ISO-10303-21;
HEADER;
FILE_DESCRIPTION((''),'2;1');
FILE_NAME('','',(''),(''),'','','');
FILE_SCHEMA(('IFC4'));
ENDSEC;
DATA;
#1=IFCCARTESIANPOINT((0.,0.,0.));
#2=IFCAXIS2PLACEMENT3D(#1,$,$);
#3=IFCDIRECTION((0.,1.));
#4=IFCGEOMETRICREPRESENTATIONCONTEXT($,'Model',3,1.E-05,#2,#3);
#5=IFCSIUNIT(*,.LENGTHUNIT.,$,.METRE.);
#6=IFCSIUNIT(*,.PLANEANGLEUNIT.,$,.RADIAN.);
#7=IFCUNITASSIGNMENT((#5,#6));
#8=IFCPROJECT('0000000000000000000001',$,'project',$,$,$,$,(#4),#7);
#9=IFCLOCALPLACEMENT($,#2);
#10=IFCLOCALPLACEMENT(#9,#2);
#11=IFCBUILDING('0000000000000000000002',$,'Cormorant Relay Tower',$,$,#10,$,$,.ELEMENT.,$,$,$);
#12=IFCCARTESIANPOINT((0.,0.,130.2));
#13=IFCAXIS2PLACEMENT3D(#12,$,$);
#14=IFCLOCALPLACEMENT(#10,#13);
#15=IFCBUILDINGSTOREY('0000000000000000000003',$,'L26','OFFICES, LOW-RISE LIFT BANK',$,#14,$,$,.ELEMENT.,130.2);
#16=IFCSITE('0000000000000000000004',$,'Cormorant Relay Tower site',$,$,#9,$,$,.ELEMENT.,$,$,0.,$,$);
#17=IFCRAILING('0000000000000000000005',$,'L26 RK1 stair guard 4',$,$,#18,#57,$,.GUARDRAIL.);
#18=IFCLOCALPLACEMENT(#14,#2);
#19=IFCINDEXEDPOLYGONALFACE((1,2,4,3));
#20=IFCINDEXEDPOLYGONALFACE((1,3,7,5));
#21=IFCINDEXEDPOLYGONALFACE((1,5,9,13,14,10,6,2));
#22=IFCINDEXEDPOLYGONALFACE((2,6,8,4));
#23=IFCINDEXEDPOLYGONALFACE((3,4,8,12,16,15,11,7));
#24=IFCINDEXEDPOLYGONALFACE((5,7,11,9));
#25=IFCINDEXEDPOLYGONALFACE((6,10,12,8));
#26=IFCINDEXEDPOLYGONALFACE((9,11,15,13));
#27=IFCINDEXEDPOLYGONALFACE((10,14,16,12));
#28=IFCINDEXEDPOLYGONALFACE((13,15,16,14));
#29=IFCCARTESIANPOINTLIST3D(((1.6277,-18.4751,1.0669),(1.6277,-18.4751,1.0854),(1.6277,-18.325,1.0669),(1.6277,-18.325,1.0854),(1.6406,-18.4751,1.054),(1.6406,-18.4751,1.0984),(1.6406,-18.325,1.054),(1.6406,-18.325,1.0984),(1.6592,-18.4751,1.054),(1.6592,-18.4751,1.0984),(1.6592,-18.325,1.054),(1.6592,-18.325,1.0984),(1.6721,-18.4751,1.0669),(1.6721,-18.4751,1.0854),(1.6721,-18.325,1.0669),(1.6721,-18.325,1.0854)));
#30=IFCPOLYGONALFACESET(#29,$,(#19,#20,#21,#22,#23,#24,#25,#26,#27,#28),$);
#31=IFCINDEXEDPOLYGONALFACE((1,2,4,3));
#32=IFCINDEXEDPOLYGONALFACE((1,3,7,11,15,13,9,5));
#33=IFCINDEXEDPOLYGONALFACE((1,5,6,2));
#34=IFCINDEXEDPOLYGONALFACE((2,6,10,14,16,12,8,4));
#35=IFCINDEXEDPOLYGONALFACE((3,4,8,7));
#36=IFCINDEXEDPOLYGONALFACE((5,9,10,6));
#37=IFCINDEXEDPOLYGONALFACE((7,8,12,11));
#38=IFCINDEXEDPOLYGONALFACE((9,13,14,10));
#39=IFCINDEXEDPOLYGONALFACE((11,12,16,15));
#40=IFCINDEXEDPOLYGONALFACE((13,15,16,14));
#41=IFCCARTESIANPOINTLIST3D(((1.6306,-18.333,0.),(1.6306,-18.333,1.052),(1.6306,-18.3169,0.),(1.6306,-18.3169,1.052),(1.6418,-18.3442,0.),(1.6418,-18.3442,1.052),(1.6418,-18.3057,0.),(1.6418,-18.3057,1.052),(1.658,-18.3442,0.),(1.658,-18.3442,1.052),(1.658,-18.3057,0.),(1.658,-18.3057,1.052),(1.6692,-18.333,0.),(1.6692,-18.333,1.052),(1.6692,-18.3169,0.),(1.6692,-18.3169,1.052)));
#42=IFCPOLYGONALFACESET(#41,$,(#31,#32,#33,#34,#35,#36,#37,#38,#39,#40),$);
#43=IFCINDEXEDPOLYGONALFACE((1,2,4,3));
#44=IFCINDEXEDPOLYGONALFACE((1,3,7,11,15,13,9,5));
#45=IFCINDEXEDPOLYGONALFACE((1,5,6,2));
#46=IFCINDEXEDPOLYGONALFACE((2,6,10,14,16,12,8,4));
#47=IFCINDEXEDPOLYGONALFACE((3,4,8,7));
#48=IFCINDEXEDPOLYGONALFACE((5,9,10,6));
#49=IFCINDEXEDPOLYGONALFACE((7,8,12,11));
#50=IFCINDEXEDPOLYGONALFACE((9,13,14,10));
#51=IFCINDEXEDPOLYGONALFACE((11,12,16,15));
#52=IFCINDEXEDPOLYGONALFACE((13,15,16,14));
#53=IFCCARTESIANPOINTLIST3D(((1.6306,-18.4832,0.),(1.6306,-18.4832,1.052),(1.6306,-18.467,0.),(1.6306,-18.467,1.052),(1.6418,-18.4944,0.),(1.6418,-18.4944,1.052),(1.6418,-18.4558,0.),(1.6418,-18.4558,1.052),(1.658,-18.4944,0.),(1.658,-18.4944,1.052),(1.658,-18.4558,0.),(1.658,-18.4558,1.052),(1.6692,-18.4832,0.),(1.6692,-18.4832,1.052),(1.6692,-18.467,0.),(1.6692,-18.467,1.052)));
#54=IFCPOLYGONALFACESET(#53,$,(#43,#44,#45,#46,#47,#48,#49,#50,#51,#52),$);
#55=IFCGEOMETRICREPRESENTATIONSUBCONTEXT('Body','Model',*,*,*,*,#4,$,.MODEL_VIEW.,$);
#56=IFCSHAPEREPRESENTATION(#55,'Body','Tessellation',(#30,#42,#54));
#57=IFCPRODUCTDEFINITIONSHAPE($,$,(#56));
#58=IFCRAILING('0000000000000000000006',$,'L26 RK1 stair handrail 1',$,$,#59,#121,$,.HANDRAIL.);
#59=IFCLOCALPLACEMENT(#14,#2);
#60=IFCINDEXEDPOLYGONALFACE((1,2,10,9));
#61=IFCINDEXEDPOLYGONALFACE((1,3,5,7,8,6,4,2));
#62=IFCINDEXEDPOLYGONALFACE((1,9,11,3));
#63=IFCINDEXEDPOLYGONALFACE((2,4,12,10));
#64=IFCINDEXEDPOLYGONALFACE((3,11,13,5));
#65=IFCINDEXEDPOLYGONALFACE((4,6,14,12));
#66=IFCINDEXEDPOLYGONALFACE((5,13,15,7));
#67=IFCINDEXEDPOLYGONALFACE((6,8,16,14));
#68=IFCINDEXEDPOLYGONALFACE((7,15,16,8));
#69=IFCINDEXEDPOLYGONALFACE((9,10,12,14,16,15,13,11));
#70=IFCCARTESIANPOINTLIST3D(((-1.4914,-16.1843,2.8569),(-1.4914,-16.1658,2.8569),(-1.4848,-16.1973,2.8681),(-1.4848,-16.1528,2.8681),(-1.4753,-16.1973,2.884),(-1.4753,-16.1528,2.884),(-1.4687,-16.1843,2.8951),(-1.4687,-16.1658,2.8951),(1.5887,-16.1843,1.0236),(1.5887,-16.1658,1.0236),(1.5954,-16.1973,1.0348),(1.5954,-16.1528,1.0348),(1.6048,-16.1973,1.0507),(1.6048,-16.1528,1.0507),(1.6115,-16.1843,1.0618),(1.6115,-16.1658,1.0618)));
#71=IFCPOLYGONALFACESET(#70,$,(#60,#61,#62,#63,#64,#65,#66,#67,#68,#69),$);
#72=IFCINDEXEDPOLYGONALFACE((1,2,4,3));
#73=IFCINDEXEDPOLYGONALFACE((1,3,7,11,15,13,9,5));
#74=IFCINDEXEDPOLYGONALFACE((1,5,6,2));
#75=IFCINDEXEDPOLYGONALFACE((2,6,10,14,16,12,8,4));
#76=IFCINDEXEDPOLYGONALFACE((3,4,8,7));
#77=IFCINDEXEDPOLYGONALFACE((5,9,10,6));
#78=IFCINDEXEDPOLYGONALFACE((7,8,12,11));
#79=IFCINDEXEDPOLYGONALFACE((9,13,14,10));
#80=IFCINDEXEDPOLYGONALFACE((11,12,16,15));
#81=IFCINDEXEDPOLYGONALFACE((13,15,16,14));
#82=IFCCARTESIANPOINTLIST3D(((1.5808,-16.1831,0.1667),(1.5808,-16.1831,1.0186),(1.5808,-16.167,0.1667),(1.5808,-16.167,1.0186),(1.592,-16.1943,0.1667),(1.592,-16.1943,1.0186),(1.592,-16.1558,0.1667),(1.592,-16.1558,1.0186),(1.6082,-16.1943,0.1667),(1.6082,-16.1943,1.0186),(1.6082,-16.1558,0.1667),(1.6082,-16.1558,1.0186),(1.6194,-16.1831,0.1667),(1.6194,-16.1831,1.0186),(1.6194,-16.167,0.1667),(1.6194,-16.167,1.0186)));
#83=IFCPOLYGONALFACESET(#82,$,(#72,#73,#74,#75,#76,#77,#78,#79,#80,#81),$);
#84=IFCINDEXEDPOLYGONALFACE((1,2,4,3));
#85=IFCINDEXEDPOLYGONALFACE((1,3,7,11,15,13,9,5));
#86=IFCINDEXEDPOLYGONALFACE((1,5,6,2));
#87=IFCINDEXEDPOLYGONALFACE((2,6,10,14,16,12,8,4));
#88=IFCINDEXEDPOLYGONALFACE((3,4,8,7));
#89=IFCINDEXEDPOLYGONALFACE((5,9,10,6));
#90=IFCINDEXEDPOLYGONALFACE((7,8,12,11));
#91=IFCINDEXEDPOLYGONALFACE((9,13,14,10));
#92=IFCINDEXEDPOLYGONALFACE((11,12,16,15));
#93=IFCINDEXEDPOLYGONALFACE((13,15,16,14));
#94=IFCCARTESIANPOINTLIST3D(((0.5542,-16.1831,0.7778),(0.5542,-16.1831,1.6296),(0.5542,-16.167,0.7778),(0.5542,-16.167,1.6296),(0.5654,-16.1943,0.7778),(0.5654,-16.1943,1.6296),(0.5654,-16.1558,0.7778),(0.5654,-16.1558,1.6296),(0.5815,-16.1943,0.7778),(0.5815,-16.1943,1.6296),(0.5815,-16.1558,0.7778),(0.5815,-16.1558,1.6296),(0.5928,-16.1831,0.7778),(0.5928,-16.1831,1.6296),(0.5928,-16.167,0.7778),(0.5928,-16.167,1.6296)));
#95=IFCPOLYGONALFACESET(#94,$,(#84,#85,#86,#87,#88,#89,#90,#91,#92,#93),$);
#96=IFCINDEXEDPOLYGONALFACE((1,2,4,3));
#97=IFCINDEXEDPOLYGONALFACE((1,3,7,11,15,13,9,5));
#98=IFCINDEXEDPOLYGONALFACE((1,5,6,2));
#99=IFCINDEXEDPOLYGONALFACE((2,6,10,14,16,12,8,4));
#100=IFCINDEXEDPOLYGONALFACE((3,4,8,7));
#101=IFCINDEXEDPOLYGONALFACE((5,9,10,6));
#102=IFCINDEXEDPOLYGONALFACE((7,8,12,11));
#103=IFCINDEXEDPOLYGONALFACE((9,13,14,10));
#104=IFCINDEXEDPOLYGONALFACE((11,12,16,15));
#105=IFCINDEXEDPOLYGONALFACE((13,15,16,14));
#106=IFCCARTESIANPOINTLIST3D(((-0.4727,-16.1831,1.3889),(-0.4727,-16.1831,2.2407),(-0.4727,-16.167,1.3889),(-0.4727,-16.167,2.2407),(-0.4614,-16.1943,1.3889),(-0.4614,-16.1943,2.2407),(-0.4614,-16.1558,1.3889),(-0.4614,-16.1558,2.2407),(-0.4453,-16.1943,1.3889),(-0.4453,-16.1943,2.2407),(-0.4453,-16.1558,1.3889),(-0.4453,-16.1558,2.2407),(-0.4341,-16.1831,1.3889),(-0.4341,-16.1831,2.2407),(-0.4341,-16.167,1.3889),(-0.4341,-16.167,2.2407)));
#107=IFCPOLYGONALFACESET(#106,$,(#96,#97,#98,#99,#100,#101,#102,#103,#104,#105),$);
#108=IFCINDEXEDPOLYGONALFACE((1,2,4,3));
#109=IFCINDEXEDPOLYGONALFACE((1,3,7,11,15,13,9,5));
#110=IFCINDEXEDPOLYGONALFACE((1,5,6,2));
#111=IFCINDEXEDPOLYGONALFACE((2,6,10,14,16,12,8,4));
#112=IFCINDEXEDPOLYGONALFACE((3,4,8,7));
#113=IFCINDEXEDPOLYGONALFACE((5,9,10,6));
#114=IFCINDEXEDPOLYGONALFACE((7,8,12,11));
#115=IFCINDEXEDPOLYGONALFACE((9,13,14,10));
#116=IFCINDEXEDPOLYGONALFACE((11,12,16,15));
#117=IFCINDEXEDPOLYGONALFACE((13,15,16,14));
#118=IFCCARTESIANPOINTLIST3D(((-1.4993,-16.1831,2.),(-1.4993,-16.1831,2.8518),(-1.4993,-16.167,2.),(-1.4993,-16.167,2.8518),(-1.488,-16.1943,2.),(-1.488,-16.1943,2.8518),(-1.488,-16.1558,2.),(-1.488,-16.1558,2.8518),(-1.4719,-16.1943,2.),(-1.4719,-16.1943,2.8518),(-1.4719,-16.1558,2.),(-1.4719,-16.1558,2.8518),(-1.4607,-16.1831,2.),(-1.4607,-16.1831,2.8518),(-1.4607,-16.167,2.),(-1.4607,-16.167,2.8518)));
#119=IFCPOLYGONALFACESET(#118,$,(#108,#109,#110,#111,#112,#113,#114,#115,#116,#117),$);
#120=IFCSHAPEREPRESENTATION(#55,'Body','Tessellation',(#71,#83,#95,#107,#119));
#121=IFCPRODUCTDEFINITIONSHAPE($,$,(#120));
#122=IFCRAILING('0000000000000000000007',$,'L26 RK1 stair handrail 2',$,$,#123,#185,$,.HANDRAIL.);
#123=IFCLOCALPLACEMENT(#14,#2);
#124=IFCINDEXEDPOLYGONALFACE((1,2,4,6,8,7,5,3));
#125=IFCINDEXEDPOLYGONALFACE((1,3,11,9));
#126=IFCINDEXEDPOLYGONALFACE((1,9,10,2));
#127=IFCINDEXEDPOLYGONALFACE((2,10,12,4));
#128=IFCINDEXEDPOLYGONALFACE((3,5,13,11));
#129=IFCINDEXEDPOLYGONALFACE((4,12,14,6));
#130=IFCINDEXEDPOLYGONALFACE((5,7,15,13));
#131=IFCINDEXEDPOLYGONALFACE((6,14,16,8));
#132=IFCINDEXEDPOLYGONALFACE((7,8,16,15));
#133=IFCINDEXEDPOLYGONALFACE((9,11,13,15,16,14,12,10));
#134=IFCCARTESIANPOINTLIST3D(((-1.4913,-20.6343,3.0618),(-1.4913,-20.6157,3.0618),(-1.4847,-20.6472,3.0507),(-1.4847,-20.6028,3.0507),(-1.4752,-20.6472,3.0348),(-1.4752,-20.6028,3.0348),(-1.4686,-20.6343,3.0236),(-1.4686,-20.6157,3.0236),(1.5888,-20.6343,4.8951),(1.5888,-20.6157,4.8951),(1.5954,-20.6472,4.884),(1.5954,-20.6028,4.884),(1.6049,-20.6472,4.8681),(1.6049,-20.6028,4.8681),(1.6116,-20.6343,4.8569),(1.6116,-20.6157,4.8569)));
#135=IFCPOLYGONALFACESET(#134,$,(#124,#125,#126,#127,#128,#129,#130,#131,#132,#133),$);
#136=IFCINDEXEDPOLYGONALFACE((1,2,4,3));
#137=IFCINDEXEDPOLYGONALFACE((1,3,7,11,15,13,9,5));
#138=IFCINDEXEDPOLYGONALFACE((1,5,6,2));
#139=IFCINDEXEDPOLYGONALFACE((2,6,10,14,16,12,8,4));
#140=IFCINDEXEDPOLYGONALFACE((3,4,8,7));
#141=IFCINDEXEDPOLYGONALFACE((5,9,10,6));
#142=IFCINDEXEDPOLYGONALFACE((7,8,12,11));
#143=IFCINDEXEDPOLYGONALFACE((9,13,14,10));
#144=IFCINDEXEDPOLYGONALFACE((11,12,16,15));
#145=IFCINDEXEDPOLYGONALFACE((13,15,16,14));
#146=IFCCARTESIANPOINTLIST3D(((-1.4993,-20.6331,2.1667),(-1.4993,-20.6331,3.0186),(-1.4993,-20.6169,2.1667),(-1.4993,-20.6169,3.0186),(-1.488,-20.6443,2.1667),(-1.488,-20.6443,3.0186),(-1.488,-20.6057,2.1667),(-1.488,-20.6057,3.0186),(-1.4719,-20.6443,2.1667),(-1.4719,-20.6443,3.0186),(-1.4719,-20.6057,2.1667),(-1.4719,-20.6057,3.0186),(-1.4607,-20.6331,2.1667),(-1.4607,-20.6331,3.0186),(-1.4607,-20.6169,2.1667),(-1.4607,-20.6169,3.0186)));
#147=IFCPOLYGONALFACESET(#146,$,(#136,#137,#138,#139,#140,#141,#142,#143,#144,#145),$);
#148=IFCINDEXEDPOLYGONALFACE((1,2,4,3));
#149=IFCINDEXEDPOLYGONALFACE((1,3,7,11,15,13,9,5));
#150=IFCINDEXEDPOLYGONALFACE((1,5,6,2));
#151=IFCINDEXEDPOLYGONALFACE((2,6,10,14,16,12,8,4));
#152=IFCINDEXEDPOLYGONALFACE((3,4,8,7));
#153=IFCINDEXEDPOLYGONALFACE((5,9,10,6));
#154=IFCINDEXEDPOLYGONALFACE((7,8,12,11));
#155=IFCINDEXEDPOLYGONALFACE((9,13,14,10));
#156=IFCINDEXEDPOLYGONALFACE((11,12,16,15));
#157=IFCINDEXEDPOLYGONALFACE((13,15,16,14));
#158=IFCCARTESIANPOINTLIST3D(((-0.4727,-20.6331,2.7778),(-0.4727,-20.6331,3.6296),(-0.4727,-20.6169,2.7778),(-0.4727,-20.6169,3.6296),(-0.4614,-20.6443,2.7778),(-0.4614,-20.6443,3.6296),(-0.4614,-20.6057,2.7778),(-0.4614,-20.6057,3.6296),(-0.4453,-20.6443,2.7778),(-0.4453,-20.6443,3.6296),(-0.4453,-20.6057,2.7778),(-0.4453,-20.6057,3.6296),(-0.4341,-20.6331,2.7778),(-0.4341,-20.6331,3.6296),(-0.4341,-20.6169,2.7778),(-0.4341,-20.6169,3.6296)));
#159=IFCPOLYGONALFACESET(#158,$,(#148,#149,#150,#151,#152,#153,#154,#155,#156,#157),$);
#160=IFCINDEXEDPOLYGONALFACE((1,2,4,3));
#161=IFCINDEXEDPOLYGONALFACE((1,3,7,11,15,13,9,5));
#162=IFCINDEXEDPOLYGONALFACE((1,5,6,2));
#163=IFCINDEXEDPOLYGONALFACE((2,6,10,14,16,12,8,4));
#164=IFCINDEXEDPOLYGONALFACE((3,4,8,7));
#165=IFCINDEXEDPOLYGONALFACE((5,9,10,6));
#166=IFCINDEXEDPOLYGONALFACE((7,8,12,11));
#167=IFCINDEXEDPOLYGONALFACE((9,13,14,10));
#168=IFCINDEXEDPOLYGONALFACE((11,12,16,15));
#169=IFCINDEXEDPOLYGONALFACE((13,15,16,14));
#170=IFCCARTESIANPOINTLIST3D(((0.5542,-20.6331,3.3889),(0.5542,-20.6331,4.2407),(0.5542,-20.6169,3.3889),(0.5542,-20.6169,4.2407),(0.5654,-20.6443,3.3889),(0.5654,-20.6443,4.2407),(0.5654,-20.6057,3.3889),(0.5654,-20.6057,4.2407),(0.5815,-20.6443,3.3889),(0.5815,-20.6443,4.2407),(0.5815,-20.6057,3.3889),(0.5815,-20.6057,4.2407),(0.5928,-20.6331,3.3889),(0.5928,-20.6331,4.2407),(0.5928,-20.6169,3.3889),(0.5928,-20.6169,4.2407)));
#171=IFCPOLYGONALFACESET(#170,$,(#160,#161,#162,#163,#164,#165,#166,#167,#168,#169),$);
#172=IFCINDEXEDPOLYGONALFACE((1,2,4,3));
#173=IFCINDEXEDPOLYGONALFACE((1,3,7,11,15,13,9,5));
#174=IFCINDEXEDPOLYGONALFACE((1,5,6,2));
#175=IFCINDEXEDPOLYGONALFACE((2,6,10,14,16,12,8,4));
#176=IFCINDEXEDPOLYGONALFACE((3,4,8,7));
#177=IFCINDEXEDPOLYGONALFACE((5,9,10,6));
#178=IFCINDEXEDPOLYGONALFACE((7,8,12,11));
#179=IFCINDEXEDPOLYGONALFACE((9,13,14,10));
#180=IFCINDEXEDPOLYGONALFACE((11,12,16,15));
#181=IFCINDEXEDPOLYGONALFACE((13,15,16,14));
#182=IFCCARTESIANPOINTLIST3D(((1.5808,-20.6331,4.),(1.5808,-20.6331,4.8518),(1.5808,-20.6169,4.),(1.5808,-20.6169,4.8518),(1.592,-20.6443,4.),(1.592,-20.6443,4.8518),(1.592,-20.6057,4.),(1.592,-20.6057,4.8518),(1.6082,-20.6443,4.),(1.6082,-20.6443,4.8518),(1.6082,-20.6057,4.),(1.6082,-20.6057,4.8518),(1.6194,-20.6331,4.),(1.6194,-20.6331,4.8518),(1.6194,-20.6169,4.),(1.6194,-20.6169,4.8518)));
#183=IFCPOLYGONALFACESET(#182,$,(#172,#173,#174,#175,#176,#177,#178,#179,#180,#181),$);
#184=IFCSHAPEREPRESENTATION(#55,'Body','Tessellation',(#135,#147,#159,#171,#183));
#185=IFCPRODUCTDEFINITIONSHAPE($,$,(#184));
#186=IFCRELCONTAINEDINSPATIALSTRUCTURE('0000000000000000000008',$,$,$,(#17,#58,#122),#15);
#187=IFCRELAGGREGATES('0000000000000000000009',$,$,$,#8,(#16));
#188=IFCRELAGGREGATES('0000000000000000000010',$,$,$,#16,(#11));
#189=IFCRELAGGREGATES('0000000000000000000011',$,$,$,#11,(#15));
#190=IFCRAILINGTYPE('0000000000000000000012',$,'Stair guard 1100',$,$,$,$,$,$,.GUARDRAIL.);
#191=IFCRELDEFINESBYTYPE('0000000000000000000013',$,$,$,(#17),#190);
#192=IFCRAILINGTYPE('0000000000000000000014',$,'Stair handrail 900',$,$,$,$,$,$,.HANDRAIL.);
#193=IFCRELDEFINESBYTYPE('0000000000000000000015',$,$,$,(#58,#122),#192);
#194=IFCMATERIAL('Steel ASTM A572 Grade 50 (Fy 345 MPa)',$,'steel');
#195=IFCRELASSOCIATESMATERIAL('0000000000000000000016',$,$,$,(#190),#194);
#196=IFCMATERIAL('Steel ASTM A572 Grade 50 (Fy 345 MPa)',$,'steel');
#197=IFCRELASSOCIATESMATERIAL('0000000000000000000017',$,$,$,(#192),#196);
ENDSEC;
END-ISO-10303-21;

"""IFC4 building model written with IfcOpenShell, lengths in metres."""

from ifc_helpers import new_model, si_unit, direction, frame, origin, place, context, subcontext, project, spatial, polyline, outline, extrude, material, type_object, element, save


model = new_model("IFC4")

# Units and contexts
model_context = context("Model", 3, precision=1e-05, world=origin(), true_north=direction((0.0, 1.0)))
body_context = subcontext(model_context, "Body", "Model", "MODEL_VIEW")
ifc_project = project(units=[si_unit("LENGTHUNIT", "METRE"), si_unit("PLANEANGLEUNIT", "RADIAN")], contexts=[model_context])

# Site, building, storey
site_placement = place(None, origin())
site = spatial("IfcSite", under=ifc_project, at=site_placement, Name="Cormorant Relay Tower site", CompositionType="ELEMENT", RefElevation=0.0)
building_placement = place(site_placement, origin())
building = spatial("IfcBuilding", under=site, at=building_placement, Name="Cormorant Relay Tower", CompositionType="ELEMENT")
storey_placement = place(building_placement, frame((0.0, 0.0, 130.2)))
storey = spatial("IfcBuildingStorey", under=building, at=storey_placement, Name="L26", Description="OFFICES, LOW-RISE LIFT BANK", CompositionType="ELEMENT", Elevation=130.2)

# Railings
ifc_material_1 = material(Name="Steel ASTM A572 Grade 50 (Fy 345 MPa)", Category="steel")
railing_type_1 = type_object("IfcRailingType", Name="Stair guard 1100", PredefinedType="GUARDRAIL", material=ifc_material_1)
railing_1_placement = place(storey_placement, frame((1.6499, -18.325, 0.0)))
element("IfcRailing", 1, at=railing_1_placement, inside=storey, type_object=railing_type_1, Name="L26 RK1 stair guard 4", PredefinedType="GUARDRAIL", context=body_context, shape_type="SweptSolid", body=[
    extrude(outline(polyline([(0.0222, 0.0093), (0.0093, 0.0222), (-0.0093, 0.0222), (-0.0222, 0.0093), (-0.0222, -0.0093), (-0.0093, -0.0222), (0.0093, -0.0222), (0.0222, -0.0093), (0.0222, 0.0093)])), frame((0.0, 0.0, 1.0762), z_axis=(0.0, -1.0, 0.0), x_axis=(1.0, 0.0, 0.0)), (0.0, 0.0, 1.0), 0.1501),
    extrude(outline(polyline([(0.0193, 0.0081), (0.0081, 0.0193), (-0.0081, 0.0193), (-0.0193, 0.0081), (-0.0193, -0.0081), (-0.0081, -0.0193), (0.0081, -0.0193), (0.0193, -0.0081), (0.0193, 0.0081)])), origin(), (0.0, 0.0, 1.0), 1.052),
    extrude(outline(polyline([(0.0193, 0.0081), (0.0081, 0.0193), (-0.0081, 0.0193), (-0.0193, 0.0081), (-0.0193, -0.0081), (-0.0081, -0.0193), (0.0081, -0.0193), (0.0193, -0.0081), (0.0193, 0.0081)])), frame((0.0, -0.1501, 0.0)), (0.0, 0.0, 1.0), 1.052),
])
ifc_material_2 = material(Name="Steel ASTM A572 Grade 50 (Fy 345 MPa)", Category="steel")
railing_type_2 = type_object("IfcRailingType", Name="Stair handrail 900", PredefinedType="HANDRAIL", material=ifc_material_2)
railing_2_placement = place(storey_placement, frame((1.6001, -16.175, 0.1667)))
element("IfcRailing", 2, at=railing_2_placement, inside=storey, type_object=railing_type_2, Name="L26 RK1 stair handrail 1", PredefinedType="HANDRAIL", context=body_context, shape_type="SweptSolid", body=[
    extrude(outline(polyline([(0.0222, 0.0093), (0.0093, 0.0222), (-0.0093, 0.0222), (-0.0222, 0.0093), (-0.0222, -0.0093), (-0.0093, -0.0222), (0.0093, -0.0222), (0.0222, -0.0093), (0.0222, 0.0093)])), frame((0.0, 0.0, 0.876), z_axis=(-0.859309, 0.0, 0.511458), x_axis=(0.0, -1.0, 0.0)), (0.0, 0.0, 1.0), 3.5845),
    extrude(outline(polyline([(0.0193, 0.0081), (0.0081, 0.0193), (-0.0081, 0.0193), (-0.0193, 0.0081), (-0.0193, -0.0081), (-0.0081, -0.0193), (0.0081, -0.0193), (0.0193, -0.0081), (0.0193, 0.0081)])), origin(), (0.0, 0.0, 1.0), 0.8518),
    extrude(outline(polyline([(0.0193, 0.0081), (0.0081, 0.0193), (-0.0081, 0.0193), (-0.0193, 0.0081), (-0.0193, -0.0081), (-0.0081, -0.0193), (0.0081, -0.0193), (0.0193, -0.0081), (0.0193, 0.0081)])), frame((-1.0266, 0.0, 0.6111)), (0.0, 0.0, 1.0), 0.8518),
    extrude(outline(polyline([(0.0193, 0.0081), (0.0081, 0.0193), (-0.0081, 0.0193), (-0.0193, 0.0081), (-0.0193, -0.0081), (-0.0081, -0.0193), (0.0081, -0.0193), (0.0193, -0.0081), (0.0193, 0.0081)])), frame((-2.0535, 0.0, 1.2222)), (0.0, 0.0, 1.0), 0.8518),
    extrude(outline(polyline([(0.0193, 0.0081), (0.0081, 0.0193), (-0.0081, 0.0193), (-0.0193, 0.0081), (-0.0193, -0.0081), (-0.0081, -0.0193), (0.0081, -0.0193), (0.0193, -0.0081), (0.0193, 0.0081)])), frame((-3.0801, 0.0, 1.8333)), (0.0, 0.0, 1.0), 0.8518),
])
railing_3_placement = place(storey_placement, frame((-1.48, -20.625, 2.1667)))
element("IfcRailing", 3, at=railing_3_placement, inside=storey, type_object=railing_type_2, Name="L26 RK1 stair handrail 2", PredefinedType="HANDRAIL", context=body_context, shape_type="SweptSolid", body=[
    extrude(outline(polyline([(0.0222, 0.0093), (0.0093, 0.0222), (-0.0093, 0.0222), (-0.0222, 0.0093), (-0.0222, -0.0093), (-0.0093, -0.0222), (0.0093, -0.0222), (0.0222, -0.0093), (0.0222, 0.0093)])), frame((0.0, 0.0, 0.876), z_axis=(0.859309, 0.0, 0.511458), x_axis=(0.0, 1.0, 0.0)), (0.0, 0.0, 1.0), 3.5845),
    extrude(outline(polyline([(0.0193, 0.0081), (0.0081, 0.0193), (-0.0081, 0.0193), (-0.0193, 0.0081), (-0.0193, -0.0081), (-0.0081, -0.0193), (0.0081, -0.0193), (0.0193, -0.0081), (0.0193, 0.0081)])), origin(), (0.0, 0.0, 1.0), 0.8518),
    extrude(outline(polyline([(0.0193, 0.0081), (0.0081, 0.0193), (-0.0081, 0.0193), (-0.0193, 0.0081), (-0.0193, -0.0081), (-0.0081, -0.0193), (0.0081, -0.0193), (0.0193, -0.0081), (0.0193, 0.0081)])), frame((1.0266, 0.0, 0.6111)), (0.0, 0.0, 1.0), 0.8518),
    extrude(outline(polyline([(0.0193, 0.0081), (0.0081, 0.0193), (-0.0081, 0.0193), (-0.0193, 0.0081), (-0.0193, -0.0081), (-0.0081, -0.0193), (0.0081, -0.0193), (0.0193, -0.0081), (0.0193, 0.0081)])), frame((2.0535, 0.0, 1.2222)), (0.0, 0.0, 1.0), 0.8518),
    extrude(outline(polyline([(0.0193, 0.0081), (0.0081, 0.0193), (-0.0081, 0.0193), (-0.0193, 0.0081), (-0.0193, -0.0081), (-0.0081, -0.0193), (0.0081, -0.0193), (0.0193, -0.0081), (0.0193, 0.0081)])), frame((3.0801, 0.0, 1.8333)), (0.0, 0.0, 1.0), 0.8518),
])

save(model, "model.ifc")
